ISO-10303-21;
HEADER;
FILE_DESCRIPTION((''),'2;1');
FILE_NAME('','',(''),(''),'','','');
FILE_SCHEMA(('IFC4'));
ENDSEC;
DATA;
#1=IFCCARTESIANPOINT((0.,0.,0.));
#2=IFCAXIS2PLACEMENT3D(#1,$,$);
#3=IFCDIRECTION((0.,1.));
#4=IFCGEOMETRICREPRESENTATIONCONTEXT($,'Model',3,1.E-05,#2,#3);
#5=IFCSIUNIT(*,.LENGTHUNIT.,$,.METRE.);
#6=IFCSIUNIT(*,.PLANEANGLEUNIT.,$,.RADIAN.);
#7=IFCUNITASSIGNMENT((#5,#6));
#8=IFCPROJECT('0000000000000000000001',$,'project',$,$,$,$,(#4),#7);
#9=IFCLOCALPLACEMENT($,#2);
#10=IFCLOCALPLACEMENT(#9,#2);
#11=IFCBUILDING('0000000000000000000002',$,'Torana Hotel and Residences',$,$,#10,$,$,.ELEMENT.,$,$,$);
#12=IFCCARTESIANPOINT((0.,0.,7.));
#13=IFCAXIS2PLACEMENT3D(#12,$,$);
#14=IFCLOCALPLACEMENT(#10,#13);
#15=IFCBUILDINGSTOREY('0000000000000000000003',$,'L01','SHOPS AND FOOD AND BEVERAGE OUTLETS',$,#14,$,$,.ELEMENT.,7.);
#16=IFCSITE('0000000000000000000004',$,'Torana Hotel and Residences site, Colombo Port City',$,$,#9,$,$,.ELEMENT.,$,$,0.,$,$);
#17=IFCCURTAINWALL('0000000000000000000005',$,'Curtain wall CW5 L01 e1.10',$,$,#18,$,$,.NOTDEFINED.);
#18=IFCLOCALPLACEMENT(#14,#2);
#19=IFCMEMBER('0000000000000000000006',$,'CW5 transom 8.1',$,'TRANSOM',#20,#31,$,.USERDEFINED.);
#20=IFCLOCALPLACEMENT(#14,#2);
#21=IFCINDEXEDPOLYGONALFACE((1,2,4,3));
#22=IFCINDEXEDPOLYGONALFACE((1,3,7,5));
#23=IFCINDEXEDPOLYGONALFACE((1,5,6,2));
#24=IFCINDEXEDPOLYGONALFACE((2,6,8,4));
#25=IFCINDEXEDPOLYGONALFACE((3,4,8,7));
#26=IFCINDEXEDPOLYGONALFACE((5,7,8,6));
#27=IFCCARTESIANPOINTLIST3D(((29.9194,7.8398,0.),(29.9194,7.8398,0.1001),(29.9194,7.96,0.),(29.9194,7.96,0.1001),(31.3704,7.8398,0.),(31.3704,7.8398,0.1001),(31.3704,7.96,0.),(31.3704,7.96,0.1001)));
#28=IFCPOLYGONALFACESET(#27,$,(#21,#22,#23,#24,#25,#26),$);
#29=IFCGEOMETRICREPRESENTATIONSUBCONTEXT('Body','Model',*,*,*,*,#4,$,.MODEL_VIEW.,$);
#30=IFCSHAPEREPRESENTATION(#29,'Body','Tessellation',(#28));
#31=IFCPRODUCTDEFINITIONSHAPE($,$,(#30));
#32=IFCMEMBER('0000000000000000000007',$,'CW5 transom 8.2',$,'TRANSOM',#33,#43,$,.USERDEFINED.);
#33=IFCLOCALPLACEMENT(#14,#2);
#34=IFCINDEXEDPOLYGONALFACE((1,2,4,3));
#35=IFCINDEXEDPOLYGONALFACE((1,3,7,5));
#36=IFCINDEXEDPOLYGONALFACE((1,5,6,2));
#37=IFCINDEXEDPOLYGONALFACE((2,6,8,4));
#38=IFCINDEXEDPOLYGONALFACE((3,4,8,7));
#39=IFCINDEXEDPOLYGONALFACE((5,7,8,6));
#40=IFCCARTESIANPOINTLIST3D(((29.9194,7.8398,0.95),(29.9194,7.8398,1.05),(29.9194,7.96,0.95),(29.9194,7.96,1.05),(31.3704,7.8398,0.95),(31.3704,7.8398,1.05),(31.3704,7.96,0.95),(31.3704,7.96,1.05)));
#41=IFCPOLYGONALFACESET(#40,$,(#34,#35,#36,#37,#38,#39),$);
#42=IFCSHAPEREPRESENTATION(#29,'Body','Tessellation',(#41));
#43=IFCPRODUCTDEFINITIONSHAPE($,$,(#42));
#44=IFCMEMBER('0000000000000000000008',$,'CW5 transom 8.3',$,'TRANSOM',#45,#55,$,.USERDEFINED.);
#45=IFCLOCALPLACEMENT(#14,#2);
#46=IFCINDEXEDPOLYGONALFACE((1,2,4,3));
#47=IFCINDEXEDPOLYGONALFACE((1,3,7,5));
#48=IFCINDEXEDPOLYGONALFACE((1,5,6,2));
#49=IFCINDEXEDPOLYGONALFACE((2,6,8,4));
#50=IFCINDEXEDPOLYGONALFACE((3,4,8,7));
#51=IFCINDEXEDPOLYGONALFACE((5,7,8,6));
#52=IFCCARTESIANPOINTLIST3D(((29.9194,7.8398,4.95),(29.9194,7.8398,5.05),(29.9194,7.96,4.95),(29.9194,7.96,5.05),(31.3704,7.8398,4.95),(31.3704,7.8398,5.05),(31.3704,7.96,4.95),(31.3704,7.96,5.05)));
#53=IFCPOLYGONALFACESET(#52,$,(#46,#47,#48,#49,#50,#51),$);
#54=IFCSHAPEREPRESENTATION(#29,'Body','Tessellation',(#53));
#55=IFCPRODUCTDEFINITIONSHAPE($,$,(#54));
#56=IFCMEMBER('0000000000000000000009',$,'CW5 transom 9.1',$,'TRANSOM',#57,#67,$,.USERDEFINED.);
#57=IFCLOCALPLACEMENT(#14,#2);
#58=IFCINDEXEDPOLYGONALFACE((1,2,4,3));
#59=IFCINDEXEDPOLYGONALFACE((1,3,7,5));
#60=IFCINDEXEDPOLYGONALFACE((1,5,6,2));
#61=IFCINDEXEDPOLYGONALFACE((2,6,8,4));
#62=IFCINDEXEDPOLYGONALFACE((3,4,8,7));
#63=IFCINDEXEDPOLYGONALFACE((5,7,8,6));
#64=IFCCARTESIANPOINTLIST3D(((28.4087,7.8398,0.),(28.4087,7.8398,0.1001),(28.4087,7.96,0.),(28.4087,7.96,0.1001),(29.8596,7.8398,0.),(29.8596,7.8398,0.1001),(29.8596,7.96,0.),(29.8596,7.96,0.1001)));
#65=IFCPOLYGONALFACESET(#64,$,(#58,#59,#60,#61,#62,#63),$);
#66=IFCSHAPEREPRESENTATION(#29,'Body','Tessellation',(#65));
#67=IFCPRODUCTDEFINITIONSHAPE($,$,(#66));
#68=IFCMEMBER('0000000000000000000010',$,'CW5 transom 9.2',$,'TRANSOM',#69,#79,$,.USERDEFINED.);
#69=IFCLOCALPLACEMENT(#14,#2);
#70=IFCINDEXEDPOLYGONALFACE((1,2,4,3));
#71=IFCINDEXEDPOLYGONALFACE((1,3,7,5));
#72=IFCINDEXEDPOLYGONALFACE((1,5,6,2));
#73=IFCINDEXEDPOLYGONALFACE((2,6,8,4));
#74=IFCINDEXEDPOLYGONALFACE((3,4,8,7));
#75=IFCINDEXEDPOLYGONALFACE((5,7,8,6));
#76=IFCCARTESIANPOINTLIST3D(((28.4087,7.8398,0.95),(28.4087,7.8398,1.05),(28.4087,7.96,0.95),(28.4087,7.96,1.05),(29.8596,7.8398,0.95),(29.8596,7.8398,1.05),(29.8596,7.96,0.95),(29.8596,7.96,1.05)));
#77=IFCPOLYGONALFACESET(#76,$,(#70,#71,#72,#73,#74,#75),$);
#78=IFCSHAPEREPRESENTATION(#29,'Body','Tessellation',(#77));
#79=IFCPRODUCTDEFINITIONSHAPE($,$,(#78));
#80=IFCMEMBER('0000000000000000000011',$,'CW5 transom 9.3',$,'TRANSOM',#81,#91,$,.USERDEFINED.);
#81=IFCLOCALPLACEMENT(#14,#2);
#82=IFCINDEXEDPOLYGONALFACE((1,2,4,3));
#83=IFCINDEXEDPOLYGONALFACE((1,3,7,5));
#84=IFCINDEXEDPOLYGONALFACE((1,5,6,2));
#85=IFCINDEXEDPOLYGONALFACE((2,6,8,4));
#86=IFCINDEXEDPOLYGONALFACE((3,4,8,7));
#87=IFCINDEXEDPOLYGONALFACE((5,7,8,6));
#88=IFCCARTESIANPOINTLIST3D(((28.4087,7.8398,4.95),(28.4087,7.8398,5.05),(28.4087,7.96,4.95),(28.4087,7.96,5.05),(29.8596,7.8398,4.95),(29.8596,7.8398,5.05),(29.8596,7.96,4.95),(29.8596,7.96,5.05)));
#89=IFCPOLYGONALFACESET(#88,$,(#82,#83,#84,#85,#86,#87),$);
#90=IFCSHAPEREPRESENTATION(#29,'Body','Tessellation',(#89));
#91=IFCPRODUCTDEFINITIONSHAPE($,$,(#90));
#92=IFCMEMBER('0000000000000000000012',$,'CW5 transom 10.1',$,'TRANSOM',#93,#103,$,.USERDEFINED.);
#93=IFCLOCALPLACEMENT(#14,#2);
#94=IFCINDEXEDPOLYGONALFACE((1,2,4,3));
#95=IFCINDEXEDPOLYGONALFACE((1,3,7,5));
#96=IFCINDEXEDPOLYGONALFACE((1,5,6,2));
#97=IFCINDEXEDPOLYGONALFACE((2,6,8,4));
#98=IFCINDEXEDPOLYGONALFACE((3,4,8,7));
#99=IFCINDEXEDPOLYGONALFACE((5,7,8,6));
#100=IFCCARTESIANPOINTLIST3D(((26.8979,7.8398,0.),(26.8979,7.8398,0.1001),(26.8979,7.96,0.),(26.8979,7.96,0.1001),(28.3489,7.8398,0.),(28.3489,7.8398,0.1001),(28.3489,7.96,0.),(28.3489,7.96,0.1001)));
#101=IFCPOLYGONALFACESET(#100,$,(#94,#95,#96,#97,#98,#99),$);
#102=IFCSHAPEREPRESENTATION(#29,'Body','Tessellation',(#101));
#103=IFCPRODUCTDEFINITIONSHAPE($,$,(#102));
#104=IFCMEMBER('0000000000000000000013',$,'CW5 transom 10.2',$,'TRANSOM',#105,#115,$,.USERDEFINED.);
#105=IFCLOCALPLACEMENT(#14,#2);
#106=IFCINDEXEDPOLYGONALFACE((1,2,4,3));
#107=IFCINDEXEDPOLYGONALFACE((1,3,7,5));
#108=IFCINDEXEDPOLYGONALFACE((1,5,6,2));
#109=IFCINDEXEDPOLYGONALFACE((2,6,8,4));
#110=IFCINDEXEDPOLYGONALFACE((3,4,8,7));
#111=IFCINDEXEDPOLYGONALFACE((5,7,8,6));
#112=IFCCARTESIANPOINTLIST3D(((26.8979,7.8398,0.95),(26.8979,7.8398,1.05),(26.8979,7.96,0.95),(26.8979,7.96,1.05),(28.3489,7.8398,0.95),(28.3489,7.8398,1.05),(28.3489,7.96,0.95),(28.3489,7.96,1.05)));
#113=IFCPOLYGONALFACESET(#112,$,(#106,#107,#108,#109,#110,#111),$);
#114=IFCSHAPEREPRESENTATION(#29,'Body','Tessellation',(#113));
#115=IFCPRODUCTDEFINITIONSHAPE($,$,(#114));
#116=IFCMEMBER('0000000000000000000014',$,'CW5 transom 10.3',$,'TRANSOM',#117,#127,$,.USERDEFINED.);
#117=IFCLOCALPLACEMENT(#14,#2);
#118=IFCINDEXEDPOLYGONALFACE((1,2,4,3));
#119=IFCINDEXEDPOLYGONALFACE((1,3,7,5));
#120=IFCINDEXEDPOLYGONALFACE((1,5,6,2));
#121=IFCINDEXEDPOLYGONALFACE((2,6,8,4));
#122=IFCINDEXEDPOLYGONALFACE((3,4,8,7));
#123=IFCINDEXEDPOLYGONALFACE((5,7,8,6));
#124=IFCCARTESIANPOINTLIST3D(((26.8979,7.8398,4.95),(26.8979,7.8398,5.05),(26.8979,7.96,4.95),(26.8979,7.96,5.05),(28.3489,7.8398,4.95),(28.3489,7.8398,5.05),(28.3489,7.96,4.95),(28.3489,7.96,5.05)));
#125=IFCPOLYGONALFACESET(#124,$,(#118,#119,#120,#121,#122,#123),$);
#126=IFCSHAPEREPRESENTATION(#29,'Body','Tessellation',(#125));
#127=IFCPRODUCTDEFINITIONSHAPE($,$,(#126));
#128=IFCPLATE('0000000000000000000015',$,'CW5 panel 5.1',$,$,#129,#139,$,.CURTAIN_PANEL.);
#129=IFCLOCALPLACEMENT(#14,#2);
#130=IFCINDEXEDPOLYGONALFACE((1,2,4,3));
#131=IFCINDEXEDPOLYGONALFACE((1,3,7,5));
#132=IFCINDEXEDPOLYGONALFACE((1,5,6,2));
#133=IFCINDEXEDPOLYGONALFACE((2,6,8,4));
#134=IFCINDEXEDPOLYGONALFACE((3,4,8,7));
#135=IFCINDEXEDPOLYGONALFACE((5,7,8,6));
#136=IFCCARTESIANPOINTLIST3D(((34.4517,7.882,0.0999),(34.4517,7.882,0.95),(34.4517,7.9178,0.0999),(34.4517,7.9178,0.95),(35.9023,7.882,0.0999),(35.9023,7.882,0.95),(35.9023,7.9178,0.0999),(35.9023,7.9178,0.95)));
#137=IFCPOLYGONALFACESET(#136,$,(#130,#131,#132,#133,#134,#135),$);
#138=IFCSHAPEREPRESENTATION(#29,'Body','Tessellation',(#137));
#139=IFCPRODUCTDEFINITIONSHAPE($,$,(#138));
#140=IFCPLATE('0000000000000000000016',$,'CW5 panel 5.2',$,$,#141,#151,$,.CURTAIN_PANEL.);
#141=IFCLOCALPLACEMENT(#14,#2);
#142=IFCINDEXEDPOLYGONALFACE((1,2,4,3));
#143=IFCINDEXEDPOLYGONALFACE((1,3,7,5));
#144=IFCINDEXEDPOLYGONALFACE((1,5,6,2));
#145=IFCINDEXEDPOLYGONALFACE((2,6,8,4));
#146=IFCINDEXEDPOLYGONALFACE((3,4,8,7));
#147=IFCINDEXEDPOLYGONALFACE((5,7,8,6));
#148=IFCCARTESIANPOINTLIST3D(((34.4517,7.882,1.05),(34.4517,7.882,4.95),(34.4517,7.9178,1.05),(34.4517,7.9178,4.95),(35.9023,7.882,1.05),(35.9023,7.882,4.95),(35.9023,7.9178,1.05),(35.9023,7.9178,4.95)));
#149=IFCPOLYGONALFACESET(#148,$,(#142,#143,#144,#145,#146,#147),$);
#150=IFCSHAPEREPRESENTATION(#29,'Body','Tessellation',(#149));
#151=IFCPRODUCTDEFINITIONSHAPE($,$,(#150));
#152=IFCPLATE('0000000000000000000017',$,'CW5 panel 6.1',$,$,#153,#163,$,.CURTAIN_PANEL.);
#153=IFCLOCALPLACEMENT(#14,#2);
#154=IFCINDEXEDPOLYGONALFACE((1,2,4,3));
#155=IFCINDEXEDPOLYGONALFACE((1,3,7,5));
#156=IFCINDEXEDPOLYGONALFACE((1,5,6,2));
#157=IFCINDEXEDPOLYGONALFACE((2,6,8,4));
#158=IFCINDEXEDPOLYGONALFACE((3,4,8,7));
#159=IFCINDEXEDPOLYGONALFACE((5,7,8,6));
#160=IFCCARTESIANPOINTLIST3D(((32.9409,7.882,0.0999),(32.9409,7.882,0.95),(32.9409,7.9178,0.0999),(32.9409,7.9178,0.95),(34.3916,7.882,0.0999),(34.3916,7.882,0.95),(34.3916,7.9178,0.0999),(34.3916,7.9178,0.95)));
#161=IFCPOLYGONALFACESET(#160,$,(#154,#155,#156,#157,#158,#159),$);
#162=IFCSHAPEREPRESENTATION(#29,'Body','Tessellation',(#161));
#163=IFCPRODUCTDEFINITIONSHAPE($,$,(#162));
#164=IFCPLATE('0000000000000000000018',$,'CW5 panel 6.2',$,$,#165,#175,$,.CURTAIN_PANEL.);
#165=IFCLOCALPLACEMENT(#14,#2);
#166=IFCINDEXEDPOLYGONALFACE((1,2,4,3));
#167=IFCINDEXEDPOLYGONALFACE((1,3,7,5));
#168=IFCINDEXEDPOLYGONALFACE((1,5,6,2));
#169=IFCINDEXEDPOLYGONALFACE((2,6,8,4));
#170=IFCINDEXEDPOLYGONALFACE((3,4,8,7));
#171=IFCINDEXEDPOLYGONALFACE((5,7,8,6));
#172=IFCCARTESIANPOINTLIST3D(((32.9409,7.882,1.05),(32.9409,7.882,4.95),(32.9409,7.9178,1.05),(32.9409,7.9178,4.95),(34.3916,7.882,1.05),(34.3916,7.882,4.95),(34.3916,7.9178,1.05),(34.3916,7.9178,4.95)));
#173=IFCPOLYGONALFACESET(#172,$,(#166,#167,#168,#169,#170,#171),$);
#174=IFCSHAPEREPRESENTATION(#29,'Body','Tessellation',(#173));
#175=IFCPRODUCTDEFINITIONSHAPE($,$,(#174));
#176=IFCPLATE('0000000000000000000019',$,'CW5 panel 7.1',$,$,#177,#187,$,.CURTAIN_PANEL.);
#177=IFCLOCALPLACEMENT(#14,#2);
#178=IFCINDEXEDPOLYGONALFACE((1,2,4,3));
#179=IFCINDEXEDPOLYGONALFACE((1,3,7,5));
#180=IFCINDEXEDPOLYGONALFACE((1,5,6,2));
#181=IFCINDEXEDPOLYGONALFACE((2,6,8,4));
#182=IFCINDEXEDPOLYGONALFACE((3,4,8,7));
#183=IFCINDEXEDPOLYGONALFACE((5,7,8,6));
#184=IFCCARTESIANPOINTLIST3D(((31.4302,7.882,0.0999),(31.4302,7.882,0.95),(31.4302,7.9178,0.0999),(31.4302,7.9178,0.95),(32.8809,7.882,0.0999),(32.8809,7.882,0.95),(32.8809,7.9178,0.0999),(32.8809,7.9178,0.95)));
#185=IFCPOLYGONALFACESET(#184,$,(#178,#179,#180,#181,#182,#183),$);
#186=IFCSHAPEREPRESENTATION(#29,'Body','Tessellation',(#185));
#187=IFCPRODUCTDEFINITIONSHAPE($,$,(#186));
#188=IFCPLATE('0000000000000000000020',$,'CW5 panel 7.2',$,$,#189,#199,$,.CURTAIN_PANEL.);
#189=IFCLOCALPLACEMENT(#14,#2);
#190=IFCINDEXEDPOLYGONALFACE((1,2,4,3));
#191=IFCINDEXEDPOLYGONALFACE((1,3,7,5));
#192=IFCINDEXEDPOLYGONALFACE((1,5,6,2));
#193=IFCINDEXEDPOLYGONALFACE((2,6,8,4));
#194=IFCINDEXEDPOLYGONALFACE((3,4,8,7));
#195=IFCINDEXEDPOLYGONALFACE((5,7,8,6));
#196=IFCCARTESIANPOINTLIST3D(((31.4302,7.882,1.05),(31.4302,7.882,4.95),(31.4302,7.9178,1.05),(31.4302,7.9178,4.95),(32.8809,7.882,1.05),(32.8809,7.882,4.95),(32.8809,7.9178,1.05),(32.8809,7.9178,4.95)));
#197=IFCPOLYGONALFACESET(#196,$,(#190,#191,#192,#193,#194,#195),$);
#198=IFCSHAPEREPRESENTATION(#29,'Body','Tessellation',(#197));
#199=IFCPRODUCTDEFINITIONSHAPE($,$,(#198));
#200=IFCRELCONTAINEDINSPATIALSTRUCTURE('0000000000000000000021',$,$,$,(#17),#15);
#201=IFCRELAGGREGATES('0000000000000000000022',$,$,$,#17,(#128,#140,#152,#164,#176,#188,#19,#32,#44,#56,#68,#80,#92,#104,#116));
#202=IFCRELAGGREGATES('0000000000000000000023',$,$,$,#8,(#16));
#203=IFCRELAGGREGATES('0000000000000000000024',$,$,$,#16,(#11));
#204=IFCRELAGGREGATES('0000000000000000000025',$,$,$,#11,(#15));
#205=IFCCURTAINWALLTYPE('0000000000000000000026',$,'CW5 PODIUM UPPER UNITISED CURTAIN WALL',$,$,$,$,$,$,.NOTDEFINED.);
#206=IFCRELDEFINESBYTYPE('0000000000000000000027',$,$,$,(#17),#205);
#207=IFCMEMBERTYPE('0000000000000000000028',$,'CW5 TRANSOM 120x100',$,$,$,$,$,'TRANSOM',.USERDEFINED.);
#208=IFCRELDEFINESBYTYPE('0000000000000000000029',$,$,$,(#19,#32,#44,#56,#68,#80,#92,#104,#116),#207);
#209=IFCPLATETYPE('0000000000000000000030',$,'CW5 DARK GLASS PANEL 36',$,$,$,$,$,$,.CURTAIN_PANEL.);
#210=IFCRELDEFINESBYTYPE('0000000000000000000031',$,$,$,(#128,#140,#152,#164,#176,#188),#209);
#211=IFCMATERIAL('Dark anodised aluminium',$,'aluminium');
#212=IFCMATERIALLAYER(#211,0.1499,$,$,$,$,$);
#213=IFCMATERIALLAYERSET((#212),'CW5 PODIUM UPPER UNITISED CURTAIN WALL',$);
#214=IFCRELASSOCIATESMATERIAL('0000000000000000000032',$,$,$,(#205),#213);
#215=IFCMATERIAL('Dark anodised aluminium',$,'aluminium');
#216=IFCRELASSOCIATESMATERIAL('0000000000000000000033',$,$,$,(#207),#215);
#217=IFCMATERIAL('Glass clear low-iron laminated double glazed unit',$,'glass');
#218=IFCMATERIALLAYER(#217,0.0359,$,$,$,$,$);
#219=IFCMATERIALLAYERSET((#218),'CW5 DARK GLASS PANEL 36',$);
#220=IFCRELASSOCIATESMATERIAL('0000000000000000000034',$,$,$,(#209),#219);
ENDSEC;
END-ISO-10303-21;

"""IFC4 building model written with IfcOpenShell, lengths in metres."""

from ifc_helpers import new_model, si_unit, direction, frame, origin, origin_2d, place, context, subcontext, project, spatial, rectangle, extrude, material, layer, layer_set, material_profile, profile_set, type_object, element, aggregate, save


model = new_model("IFC4")

# Units and contexts
model_context = context("Model", 3, precision=1e-05, world=origin(), true_north=direction((0.0, 1.0)))
body_context = subcontext(model_context, "Body", "Model", "MODEL_VIEW")
ifc_project = project(units=[si_unit("LENGTHUNIT", "METRE"), si_unit("PLANEANGLEUNIT", "RADIAN")], contexts=[model_context])

# Site, building, storey
site_placement = place(None, origin())
site = spatial("IfcSite", under=ifc_project, at=site_placement, Name="Torana Hotel and Residences site, Colombo Port City", CompositionType="ELEMENT", RefElevation=0.0)
building_placement = place(site_placement, origin())
building = spatial("IfcBuilding", under=site, at=building_placement, Name="Torana Hotel and Residences", CompositionType="ELEMENT")
storey_placement = place(building_placement, frame((0.0, 0.0, 7.0)))
storey = spatial("IfcBuildingStorey", under=building, at=storey_placement, Name="L01", Description="SHOPS AND FOOD AND BEVERAGE OUTLETS", CompositionType="ELEMENT", Elevation=7.0)

# Curtain wall, members, plates
ifc_material_1 = material(Name="Dark anodised aluminium", Category="aluminium")
ifc_layer_1 = layer(ifc_material_1, 0.1499)
ifc_layer_set_1 = layer_set([ifc_layer_1], Name="CW5 PODIUM UPPER UNITISED CURTAIN WALL")
curtain_wall_type = type_object("IfcCurtainWallType", Name="CW5 PODIUM UPPER UNITISED CURTAIN WALL", PredefinedType="NOTDEFINED", material=ifc_layer_set_1)
curtain_wall_placement = place(storey_placement, origin())
curtain_wall = element("IfcCurtainWall", 1, at=curtain_wall_placement, inside=storey, type_object=curtain_wall_type, Name="Curtain wall CW5 L01 e1.10", PredefinedType="NOTDEFINED")
ifc_material_2 = material(Name="Dark anodised aluminium", Category="aluminium")
ifc_material_profile_1 = material_profile(ifc_material_2, rectangle(XDim=0.1201, YDim=0.1001, at=origin_2d()), Name="CW5 TRANSOM 120x100")
ifc_profile_set_1 = profile_set([ifc_material_profile_1], Name="Dark anodised aluminium")
member_type_1 = type_object("IfcMemberType", Name="CW5 TRANSOM 120x100", ElementType="TRANSOM", PredefinedType="USERDEFINED", material=ifc_profile_set_1)
member_1_placement = place(storey_placement, frame((31.3704, 7.8999, 0.05), z_axis=(-1.0, 0.0, 0.0), x_axis=(0.0, -1.0, 0.0)))
member_1 = element("IfcMember", 2, at=member_1_placement, type_object=member_type_1, Name="CW5 transom 8.1", ObjectType="TRANSOM", PredefinedType="USERDEFINED", context=body_context, shape_type="SweptSolid", body=[
    extrude(rectangle(XDim=0.1201, YDim=0.1001, at=origin_2d()), origin(), (0.0, 0.0, 1.0), 1.4509),
])
member_2_placement = place(storey_placement, frame((31.3704, 7.8999, 1.0), z_axis=(-1.0, 0.0, 0.0), x_axis=(0.0, -1.0, 0.0)))
member_2 = element("IfcMember", 3, at=member_2_placement, type_object=member_type_1, Name="CW5 transom 8.2", ObjectType="TRANSOM", PredefinedType="USERDEFINED", context=body_context, shape_type="SweptSolid", body=[
    extrude(rectangle(XDim=0.1201, YDim=0.1001, at=origin_2d()), origin(), (0.0, 0.0, 1.0), 1.4509),
])
member_3_placement = place(storey_placement, frame((31.3704, 7.8999, 5.0), z_axis=(-1.0, 0.0, 0.0), x_axis=(0.0, -1.0, 0.0)))
member_3 = element("IfcMember", 4, at=member_3_placement, type_object=member_type_1, Name="CW5 transom 8.3", ObjectType="TRANSOM", PredefinedType="USERDEFINED", context=body_context, shape_type="SweptSolid", body=[
    extrude(rectangle(XDim=0.1201, YDim=0.1001, at=origin_2d()), origin(), (0.0, 0.0, 1.0), 1.4509),
])
member_4_placement = place(storey_placement, frame((29.8596, 7.8999, 0.05), z_axis=(-1.0, 0.0, 0.0), x_axis=(0.0, -1.0, 0.0)))
member_4 = element("IfcMember", 5, at=member_4_placement, type_object=member_type_1, Name="CW5 transom 9.1", ObjectType="TRANSOM", PredefinedType="USERDEFINED", context=body_context, shape_type="SweptSolid", body=[
    extrude(rectangle(XDim=0.1201, YDim=0.1001, at=origin_2d()), origin(), (0.0, 0.0, 1.0), 1.4509),
])
member_5_placement = place(storey_placement, frame((29.8596, 7.8999, 1.0), z_axis=(-1.0, 0.0, 0.0), x_axis=(0.0, -1.0, 0.0)))
member_5 = element("IfcMember", 6, at=member_5_placement, type_object=member_type_1, Name="CW5 transom 9.2", ObjectType="TRANSOM", PredefinedType="USERDEFINED", context=body_context, shape_type="SweptSolid", body=[
    extrude(rectangle(XDim=0.1201, YDim=0.1001, at=origin_2d()), origin(), (0.0, 0.0, 1.0), 1.4509),
])
member_6_placement = place(storey_placement, frame((29.8596, 7.8999, 5.0), z_axis=(-1.0, 0.0, 0.0), x_axis=(0.0, -1.0, 0.0)))
member_6 = element("IfcMember", 7, at=member_6_placement, type_object=member_type_1, Name="CW5 transom 9.3", ObjectType="TRANSOM", PredefinedType="USERDEFINED", context=body_context, shape_type="SweptSolid", body=[
    extrude(rectangle(XDim=0.1201, YDim=0.1001, at=origin_2d()), origin(), (0.0, 0.0, 1.0), 1.4509),
])
member_7_placement = place(storey_placement, frame((28.3489, 7.8999, 0.05), z_axis=(-1.0, 0.0, 0.0), x_axis=(0.0, -1.0, 0.0)))
member_7 = element("IfcMember", 8, at=member_7_placement, type_object=member_type_1, Name="CW5 transom 10.1", ObjectType="TRANSOM", PredefinedType="USERDEFINED", context=body_context, shape_type="SweptSolid", body=[
    extrude(rectangle(XDim=0.1201, YDim=0.1001, at=origin_2d()), origin(), (0.0, 0.0, 1.0), 1.4509),
])
member_8_placement = place(storey_placement, frame((28.3489, 7.8999, 1.0), z_axis=(-1.0, 0.0, 0.0), x_axis=(0.0, -1.0, 0.0)))
member_8 = element("IfcMember", 9, at=member_8_placement, type_object=member_type_1, Name="CW5 transom 10.2", ObjectType="TRANSOM", PredefinedType="USERDEFINED", context=body_context, shape_type="SweptSolid", body=[
    extrude(rectangle(XDim=0.1201, YDim=0.1001, at=origin_2d()), origin(), (0.0, 0.0, 1.0), 1.4509),
])
member_9_placement = place(storey_placement, frame((28.3489, 7.8999, 5.0), z_axis=(-1.0, 0.0, 0.0), x_axis=(0.0, -1.0, 0.0)))
member_9 = element("IfcMember", 10, at=member_9_placement, type_object=member_type_1, Name="CW5 transom 10.3", ObjectType="TRANSOM", PredefinedType="USERDEFINED", context=body_context, shape_type="SweptSolid", body=[
    extrude(rectangle(XDim=0.1201, YDim=0.1001, at=origin_2d()), origin(), (0.0, 0.0, 1.0), 1.4509),
])
ifc_material_3 = material(Name="Glass clear low-iron laminated double glazed unit", Category="glass")
ifc_layer_2 = layer(ifc_material_3, 0.0359)
ifc_layer_set_2 = layer_set([ifc_layer_2], Name="CW5 DARK GLASS PANEL 36")
plate_type = type_object("IfcPlateType", Name="CW5 DARK GLASS PANEL 36", PredefinedType="CURTAIN_PANEL", material=ifc_layer_set_2)
plate_1_placement = place(storey_placement, frame((35.177, 7.8999, 0.0999), z_axis=(0.0, 0.0, 1.0), x_axis=(-1.0, 0.0, 0.0)))
plate_1 = element("IfcPlate", 11, at=plate_1_placement, type_object=plate_type, Name="CW5 panel 5.1", PredefinedType="CURTAIN_PANEL", context=body_context, shape_type="SweptSolid", body=[
    extrude(rectangle(XDim=1.4507, YDim=0.0359, at=origin_2d()), origin(), (0.0, 0.0, 1.0), 0.8501),
])
plate_2_placement = place(storey_placement, frame((35.177, 7.8999, 1.05), z_axis=(0.0, 0.0, 1.0), x_axis=(-1.0, 0.0, 0.0)))
plate_2 = element("IfcPlate", 12, at=plate_2_placement, type_object=plate_type, Name="CW5 panel 5.2", PredefinedType="CURTAIN_PANEL", context=body_context, shape_type="SweptSolid", body=[
    extrude(rectangle(XDim=1.4507, YDim=0.0359, at=origin_2d()), origin(), (0.0, 0.0, 1.0), 3.8999),
])
plate_3_placement = place(storey_placement, frame((33.6663, 7.8999, 0.0999), z_axis=(0.0, 0.0, 1.0), x_axis=(-1.0, 0.0, 0.0)))
plate_3 = element("IfcPlate", 13, at=plate_3_placement, type_object=plate_type, Name="CW5 panel 6.1", PredefinedType="CURTAIN_PANEL", context=body_context, shape_type="SweptSolid", body=[
    extrude(rectangle(XDim=1.4507, YDim=0.0359, at=origin_2d()), origin(), (0.0, 0.0, 1.0), 0.8501),
])
plate_4_placement = place(storey_placement, frame((33.6663, 7.8999, 1.05), z_axis=(0.0, 0.0, 1.0), x_axis=(-1.0, 0.0, 0.0)))
plate_4 = element("IfcPlate", 14, at=plate_4_placement, type_object=plate_type, Name="CW5 panel 6.2", PredefinedType="CURTAIN_PANEL", context=body_context, shape_type="SweptSolid", body=[
    extrude(rectangle(XDim=1.4507, YDim=0.0359, at=origin_2d()), origin(), (0.0, 0.0, 1.0), 3.8999),
])
plate_5_placement = place(storey_placement, frame((32.1555, 7.8999, 0.0999), z_axis=(0.0, 0.0, 1.0), x_axis=(-1.0, 0.0, 0.0)))
plate_5 = element("IfcPlate", 15, at=plate_5_placement, type_object=plate_type, Name="CW5 panel 7.1", PredefinedType="CURTAIN_PANEL", context=body_context, shape_type="SweptSolid", body=[
    extrude(rectangle(XDim=1.4507, YDim=0.0359, at=origin_2d()), origin(), (0.0, 0.0, 1.0), 0.8501),
])
plate_6_placement = place(storey_placement, frame((32.1555, 7.8999, 1.05), z_axis=(0.0, 0.0, 1.0), x_axis=(-1.0, 0.0, 0.0)))
plate_6 = element("IfcPlate", 16, at=plate_6_placement, type_object=plate_type, Name="CW5 panel 7.2", PredefinedType="CURTAIN_PANEL", context=body_context, shape_type="SweptSolid", body=[
    extrude(rectangle(XDim=1.4507, YDim=0.0359, at=origin_2d()), origin(), (0.0, 0.0, 1.0), 3.8999),
])
aggregate(curtain_wall, [plate_1, plate_2, plate_3, plate_4, plate_5, plate_6, member_1, member_2, member_3, member_4, member_5, member_6, member_7, member_8, member_9])

save(model, "model.ifc")
